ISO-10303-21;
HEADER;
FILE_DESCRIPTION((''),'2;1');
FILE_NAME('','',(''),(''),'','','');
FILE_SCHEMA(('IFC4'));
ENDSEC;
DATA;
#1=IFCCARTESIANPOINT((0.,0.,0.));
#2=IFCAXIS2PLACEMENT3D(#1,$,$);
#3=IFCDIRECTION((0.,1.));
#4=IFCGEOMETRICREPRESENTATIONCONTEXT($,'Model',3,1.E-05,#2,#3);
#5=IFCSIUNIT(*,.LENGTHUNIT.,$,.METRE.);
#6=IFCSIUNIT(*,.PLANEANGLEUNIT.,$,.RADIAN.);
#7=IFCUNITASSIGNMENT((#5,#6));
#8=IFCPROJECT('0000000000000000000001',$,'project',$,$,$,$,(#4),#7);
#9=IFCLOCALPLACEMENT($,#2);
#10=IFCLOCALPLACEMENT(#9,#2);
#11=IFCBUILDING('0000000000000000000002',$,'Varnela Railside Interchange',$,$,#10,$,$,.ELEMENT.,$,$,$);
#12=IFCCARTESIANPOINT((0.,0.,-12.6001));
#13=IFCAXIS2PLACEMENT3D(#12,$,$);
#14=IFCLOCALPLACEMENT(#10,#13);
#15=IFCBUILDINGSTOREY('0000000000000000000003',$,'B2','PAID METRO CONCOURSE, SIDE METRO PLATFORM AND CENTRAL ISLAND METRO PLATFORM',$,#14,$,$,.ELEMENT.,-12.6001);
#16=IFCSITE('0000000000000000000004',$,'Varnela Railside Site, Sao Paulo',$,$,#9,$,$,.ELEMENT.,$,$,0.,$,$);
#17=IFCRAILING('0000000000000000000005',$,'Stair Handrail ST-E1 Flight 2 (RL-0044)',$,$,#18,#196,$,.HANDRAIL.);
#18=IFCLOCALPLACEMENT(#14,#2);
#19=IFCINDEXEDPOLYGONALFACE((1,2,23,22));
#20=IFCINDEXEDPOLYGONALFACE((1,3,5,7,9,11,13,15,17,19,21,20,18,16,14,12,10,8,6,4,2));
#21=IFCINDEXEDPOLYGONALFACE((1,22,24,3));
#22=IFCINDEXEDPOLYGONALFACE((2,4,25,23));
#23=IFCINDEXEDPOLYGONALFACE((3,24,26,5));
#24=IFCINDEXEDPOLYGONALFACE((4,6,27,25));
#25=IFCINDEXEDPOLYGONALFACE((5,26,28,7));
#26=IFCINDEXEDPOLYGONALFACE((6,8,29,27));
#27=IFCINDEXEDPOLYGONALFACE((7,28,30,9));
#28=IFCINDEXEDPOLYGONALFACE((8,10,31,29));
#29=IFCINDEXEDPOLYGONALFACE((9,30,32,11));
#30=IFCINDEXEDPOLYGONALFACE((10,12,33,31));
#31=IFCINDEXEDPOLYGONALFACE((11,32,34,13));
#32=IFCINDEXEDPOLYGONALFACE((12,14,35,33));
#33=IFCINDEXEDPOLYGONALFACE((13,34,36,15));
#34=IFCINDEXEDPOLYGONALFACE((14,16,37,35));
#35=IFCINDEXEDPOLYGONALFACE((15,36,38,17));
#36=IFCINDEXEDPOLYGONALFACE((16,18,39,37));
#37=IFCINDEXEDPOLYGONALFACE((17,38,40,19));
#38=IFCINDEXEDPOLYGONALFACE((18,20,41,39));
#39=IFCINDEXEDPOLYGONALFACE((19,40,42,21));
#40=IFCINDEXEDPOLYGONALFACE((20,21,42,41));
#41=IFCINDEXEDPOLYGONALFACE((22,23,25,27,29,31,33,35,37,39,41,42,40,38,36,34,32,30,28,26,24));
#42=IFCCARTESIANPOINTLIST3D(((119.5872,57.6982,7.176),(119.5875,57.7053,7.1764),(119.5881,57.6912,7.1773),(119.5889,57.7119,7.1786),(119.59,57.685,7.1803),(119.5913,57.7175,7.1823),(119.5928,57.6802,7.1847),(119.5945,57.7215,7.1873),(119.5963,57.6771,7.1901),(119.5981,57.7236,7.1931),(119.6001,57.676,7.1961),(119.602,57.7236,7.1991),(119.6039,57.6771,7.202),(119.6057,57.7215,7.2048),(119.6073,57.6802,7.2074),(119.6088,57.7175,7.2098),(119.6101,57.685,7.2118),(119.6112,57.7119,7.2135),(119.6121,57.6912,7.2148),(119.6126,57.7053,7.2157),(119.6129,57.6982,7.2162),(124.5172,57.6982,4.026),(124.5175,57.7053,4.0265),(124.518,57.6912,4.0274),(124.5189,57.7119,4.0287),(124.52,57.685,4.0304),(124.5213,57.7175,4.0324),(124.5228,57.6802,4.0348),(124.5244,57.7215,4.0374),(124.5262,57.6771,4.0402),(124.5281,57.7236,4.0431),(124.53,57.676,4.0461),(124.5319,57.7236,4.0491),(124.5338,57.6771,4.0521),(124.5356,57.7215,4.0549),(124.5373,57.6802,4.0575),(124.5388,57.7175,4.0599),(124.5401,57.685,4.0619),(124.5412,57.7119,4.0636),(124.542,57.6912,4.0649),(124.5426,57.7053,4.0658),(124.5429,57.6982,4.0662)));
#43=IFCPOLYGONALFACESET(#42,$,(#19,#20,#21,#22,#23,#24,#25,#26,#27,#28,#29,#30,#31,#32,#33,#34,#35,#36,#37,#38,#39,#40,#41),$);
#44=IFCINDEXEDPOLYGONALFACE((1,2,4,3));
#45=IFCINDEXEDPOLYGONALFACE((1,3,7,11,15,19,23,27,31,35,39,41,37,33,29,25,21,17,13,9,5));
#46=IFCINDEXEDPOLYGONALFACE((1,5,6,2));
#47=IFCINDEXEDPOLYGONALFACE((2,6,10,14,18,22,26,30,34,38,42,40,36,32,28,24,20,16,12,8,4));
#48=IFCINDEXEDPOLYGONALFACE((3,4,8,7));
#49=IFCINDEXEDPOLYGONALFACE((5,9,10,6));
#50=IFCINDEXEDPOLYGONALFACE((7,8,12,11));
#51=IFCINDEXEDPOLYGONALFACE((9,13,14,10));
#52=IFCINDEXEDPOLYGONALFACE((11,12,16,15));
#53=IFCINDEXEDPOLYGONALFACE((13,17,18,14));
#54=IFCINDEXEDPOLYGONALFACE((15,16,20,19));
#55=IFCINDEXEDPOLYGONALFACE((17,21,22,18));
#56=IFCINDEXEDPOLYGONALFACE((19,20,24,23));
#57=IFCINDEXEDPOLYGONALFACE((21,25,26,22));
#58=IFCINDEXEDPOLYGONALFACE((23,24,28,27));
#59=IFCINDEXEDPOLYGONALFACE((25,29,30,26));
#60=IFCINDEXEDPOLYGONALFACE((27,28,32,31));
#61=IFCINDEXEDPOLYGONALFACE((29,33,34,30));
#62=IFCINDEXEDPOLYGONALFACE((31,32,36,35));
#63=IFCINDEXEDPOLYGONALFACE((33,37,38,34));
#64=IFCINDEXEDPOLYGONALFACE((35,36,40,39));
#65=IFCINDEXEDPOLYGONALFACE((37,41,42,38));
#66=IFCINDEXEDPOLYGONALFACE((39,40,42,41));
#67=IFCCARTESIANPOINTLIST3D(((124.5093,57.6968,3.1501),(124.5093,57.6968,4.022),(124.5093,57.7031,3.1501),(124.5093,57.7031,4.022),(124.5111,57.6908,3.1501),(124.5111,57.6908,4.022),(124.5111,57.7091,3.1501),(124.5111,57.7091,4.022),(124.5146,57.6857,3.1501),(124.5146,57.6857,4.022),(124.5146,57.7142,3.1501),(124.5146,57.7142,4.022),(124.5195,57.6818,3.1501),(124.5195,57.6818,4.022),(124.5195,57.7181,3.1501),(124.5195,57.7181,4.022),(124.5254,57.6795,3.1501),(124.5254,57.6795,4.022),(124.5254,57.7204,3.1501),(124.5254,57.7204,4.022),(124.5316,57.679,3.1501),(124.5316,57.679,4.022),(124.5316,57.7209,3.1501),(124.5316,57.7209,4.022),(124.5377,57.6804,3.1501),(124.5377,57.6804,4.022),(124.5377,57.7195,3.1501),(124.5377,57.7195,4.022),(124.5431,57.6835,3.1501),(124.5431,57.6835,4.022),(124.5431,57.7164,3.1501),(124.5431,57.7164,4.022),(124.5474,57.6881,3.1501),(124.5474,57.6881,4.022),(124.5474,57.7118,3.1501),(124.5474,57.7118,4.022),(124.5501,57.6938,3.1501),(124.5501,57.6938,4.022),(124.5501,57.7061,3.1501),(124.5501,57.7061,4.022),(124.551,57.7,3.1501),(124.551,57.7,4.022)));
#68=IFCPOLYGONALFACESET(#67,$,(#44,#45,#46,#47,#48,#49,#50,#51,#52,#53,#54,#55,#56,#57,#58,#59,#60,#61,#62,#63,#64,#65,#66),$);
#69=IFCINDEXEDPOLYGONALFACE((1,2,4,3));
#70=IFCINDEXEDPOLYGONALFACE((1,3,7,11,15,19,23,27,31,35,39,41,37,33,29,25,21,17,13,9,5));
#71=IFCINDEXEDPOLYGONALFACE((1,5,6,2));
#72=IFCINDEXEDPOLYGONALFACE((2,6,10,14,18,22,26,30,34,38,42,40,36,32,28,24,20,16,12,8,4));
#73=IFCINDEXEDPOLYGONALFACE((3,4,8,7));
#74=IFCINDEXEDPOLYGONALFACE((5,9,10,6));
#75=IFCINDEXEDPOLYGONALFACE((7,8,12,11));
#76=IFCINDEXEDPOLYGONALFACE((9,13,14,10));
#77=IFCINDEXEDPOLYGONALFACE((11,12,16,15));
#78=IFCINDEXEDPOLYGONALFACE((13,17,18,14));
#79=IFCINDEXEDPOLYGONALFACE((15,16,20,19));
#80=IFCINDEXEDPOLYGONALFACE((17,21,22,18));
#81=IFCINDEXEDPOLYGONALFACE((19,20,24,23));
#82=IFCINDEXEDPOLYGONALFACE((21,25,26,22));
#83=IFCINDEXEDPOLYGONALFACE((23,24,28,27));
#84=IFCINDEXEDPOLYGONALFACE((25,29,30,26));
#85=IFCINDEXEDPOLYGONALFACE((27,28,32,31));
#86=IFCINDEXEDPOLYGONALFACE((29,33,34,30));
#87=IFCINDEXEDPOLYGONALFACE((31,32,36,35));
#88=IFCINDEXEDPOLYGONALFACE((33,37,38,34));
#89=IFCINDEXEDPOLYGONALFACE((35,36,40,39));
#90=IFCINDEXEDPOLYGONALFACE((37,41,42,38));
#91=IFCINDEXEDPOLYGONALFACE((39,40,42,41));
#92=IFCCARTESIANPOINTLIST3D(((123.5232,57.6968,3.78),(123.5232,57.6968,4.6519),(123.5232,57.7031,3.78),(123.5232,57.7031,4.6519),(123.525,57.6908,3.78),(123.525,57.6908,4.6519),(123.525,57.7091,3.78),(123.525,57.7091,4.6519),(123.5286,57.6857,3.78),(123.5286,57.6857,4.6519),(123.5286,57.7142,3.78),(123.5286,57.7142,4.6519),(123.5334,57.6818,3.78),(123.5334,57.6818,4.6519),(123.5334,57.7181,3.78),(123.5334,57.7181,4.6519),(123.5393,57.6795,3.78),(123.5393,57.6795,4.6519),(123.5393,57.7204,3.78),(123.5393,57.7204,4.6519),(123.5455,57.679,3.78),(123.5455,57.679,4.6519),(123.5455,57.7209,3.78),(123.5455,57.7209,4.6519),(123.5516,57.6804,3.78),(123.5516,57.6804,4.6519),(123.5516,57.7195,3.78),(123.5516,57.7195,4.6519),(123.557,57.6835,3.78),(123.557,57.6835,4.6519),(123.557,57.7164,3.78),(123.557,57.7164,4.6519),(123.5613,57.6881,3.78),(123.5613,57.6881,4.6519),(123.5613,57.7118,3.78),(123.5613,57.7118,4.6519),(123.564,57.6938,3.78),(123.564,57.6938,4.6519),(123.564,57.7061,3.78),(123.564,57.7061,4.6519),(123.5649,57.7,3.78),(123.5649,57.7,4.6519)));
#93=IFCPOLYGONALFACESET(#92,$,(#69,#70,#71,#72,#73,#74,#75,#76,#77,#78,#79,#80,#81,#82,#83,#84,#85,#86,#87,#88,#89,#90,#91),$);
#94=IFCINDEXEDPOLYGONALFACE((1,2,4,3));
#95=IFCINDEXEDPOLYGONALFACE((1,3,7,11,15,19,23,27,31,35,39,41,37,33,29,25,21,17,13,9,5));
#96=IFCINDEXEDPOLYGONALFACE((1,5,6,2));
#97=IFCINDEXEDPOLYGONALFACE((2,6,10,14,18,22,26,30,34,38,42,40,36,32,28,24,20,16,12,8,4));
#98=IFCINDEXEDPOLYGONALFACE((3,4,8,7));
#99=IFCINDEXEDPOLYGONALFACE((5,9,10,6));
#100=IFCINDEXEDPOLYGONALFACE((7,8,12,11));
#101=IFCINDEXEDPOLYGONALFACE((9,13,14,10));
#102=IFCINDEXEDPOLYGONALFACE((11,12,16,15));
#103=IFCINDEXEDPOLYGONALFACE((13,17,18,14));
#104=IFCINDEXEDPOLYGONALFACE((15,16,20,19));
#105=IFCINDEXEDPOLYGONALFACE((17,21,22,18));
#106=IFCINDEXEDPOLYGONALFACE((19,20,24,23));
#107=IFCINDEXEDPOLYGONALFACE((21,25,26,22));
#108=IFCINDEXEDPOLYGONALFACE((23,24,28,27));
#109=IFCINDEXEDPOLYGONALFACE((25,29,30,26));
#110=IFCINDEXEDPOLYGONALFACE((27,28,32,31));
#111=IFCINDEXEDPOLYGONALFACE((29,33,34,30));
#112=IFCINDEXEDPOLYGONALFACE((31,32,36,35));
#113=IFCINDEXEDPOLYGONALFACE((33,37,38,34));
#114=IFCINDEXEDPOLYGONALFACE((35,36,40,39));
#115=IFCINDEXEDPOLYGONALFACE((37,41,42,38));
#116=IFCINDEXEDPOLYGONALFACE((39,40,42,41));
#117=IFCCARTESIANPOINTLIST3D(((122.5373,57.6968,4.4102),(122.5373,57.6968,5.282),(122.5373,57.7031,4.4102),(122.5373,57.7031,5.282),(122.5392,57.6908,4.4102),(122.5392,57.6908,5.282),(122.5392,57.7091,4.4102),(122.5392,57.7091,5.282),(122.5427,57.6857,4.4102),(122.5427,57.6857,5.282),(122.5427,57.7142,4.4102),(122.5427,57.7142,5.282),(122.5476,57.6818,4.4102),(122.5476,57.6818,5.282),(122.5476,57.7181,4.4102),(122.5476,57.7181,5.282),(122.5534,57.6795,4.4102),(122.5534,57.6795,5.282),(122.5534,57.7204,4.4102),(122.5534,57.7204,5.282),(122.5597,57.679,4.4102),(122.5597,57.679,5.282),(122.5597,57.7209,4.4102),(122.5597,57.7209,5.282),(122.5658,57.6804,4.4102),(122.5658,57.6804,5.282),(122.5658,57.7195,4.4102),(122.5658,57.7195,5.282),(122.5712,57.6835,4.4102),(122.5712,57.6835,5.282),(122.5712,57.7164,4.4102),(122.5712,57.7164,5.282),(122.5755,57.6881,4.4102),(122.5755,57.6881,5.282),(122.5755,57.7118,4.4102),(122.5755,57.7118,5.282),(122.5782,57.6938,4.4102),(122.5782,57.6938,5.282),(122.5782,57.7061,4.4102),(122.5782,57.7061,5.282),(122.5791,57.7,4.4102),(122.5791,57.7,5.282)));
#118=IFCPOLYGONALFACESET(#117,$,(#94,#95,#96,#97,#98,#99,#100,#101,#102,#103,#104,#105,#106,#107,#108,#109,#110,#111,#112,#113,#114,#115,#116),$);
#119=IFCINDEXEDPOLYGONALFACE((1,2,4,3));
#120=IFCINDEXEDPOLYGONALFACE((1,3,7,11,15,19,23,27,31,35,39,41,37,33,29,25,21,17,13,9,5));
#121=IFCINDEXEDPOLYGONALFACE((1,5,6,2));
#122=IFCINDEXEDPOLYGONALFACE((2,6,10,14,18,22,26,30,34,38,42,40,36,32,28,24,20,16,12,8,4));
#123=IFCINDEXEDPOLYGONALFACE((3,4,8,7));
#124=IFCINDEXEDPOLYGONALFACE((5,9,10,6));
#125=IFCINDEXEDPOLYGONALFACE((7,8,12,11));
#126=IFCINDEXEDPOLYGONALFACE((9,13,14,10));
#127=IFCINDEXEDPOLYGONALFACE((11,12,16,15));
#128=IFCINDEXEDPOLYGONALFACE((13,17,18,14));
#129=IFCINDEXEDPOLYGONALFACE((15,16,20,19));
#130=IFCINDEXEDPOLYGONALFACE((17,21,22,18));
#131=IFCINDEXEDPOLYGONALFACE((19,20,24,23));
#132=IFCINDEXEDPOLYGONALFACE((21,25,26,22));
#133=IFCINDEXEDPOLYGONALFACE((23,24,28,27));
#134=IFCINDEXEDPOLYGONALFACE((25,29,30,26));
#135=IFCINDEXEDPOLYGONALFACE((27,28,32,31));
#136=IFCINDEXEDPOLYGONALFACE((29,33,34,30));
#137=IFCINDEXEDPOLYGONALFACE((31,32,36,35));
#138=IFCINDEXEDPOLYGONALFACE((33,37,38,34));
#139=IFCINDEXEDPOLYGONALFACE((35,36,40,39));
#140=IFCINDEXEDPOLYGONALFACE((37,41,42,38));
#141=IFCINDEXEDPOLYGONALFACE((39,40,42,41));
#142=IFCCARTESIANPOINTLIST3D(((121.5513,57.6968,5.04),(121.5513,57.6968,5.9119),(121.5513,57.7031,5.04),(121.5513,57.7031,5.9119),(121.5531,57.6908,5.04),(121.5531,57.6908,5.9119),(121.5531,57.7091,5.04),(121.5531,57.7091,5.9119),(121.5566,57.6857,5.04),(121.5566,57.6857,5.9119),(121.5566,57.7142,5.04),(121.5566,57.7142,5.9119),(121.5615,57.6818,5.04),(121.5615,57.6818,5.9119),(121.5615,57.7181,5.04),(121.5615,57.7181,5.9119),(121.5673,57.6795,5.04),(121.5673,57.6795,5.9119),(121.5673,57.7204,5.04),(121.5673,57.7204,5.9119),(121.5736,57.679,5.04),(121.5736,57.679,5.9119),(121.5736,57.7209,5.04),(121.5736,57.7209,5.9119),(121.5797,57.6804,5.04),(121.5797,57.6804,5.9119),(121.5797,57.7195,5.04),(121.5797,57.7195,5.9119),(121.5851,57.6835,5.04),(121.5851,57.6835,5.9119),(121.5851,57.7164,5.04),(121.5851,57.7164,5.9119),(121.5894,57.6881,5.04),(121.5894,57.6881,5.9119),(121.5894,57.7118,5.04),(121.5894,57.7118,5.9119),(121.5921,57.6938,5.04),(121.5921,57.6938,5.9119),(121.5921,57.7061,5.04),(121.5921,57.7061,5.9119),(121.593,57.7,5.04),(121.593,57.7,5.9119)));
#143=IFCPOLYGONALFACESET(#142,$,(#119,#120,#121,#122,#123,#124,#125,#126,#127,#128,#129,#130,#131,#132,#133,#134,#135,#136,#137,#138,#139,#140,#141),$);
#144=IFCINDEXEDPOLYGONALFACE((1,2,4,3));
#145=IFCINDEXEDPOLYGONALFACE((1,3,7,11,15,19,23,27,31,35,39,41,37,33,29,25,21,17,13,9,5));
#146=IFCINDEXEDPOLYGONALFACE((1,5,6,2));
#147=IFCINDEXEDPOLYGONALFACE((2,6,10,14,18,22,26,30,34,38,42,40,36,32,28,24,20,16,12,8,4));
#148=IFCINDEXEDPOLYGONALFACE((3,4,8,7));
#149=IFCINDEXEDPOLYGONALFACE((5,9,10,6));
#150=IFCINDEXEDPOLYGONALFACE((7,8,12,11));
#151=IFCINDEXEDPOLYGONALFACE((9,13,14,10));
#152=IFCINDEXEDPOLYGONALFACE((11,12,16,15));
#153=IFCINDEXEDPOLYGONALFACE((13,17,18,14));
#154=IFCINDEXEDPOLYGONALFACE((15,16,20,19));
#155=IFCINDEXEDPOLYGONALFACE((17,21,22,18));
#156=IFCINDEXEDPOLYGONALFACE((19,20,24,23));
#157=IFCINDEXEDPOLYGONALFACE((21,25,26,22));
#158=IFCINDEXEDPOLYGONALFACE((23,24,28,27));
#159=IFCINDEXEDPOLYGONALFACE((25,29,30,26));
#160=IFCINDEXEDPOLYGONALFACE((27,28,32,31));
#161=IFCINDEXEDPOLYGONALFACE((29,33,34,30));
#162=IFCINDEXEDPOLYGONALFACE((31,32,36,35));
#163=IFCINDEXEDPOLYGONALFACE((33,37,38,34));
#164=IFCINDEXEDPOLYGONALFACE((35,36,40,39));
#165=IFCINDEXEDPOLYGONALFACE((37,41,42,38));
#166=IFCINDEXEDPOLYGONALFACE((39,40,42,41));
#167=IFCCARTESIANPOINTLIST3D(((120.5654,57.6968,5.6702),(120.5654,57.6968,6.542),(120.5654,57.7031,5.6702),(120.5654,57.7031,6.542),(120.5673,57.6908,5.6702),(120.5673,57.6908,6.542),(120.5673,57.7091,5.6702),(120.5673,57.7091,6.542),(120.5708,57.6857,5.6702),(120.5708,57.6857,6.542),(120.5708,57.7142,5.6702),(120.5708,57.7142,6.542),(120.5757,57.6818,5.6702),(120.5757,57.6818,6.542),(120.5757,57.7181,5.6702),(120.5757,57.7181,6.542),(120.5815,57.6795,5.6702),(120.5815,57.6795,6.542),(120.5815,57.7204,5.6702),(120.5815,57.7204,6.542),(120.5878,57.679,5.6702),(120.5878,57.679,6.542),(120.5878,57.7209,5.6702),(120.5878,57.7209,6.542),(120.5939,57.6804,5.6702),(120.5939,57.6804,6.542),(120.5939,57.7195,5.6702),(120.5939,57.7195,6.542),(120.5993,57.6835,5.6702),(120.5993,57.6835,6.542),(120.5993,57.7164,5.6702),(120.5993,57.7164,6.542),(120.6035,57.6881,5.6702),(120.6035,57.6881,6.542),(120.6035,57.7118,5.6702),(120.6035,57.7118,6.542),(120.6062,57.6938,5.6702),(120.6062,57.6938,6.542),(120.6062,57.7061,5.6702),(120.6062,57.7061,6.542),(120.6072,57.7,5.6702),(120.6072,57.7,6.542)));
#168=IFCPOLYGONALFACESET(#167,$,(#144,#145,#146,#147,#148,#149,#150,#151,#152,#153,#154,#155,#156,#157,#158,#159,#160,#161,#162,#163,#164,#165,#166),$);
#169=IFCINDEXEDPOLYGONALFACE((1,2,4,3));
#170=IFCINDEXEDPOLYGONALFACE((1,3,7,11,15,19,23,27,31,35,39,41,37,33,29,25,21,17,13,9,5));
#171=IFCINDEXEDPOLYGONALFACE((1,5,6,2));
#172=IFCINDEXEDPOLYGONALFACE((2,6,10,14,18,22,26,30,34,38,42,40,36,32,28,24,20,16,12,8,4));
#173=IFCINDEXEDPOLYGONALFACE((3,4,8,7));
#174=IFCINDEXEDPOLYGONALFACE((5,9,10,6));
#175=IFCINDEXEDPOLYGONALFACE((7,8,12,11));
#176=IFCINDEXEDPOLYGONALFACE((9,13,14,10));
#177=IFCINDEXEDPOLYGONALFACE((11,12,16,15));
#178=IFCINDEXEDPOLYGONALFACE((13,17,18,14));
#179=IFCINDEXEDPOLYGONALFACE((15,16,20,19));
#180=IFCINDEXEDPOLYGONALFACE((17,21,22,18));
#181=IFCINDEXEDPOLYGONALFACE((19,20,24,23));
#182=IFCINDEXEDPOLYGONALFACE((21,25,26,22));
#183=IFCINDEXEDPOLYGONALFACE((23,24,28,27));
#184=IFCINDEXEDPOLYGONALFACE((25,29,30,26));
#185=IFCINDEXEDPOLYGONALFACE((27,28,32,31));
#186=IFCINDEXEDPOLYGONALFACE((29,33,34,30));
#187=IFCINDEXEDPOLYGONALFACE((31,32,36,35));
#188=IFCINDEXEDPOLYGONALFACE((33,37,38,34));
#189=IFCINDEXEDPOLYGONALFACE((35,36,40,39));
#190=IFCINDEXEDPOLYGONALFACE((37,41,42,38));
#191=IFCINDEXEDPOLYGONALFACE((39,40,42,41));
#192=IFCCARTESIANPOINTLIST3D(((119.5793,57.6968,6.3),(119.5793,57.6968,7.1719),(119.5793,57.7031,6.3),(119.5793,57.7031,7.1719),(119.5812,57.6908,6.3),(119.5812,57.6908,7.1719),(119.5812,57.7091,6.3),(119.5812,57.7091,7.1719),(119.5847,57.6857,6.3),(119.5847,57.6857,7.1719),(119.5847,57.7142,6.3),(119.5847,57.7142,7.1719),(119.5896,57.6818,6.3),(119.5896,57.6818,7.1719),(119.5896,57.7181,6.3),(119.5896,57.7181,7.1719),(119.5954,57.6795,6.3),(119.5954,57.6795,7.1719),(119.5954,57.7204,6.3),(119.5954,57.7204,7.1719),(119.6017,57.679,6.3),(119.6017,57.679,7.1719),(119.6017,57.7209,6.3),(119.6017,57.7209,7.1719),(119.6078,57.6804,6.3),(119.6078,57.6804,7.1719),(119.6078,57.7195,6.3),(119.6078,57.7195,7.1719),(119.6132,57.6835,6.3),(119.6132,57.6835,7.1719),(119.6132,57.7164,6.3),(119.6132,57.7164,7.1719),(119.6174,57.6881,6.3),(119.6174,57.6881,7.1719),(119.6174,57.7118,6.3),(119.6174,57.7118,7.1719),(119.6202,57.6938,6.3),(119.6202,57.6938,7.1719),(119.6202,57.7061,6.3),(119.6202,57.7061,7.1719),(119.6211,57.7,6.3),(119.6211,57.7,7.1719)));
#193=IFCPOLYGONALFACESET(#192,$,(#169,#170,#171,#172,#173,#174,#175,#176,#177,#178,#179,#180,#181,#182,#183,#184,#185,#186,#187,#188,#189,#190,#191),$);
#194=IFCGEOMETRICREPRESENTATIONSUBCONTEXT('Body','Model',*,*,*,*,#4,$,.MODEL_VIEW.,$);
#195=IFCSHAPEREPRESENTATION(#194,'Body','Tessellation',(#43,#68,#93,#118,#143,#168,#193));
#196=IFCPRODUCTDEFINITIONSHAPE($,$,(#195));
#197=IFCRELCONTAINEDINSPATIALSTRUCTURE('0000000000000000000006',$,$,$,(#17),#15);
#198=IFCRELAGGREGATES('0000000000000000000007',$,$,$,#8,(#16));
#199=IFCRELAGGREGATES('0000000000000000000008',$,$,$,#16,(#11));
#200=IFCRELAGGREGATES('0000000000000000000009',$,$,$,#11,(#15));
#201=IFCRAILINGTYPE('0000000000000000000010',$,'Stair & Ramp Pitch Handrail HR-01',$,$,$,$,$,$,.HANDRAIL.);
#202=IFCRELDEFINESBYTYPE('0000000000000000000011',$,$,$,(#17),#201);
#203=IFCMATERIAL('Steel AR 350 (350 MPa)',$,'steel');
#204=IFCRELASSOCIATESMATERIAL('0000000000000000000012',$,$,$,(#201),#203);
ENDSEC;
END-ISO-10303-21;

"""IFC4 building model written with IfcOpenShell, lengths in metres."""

from ifc_helpers import new_model, si_unit, direction, frame, origin, origin_2d, place, context, subcontext, project, spatial, circle, extrude, material, type_object, element, save


model = new_model("IFC4")

# Units and contexts
model_context = context("Model", 3, precision=1e-05, world=origin(), true_north=direction((0.0, 1.0)))
body_context = subcontext(model_context, "Body", "Model", "MODEL_VIEW")
ifc_project = project(units=[si_unit("LENGTHUNIT", "METRE"), si_unit("PLANEANGLEUNIT", "RADIAN")], contexts=[model_context])

# Site, building, storey
site_placement = place(None, origin())
site = spatial("IfcSite", under=ifc_project, at=site_placement, Name="Varnela Railside Site, Sao Paulo", CompositionType="ELEMENT", RefElevation=0.0)
building_placement = place(site_placement, origin())
building = spatial("IfcBuilding", under=site, at=building_placement, Name="Varnela Railside Interchange", CompositionType="ELEMENT")
storey_placement = place(building_placement, frame((0.0, 0.0, -12.6001)))
storey = spatial("IfcBuildingStorey", under=building, at=storey_placement, Name="B2", Description="PAID METRO CONCOURSE, SIDE METRO PLATFORM AND CENTRAL ISLAND METRO PLATFORM", CompositionType="ELEMENT", Elevation=-12.6001)

# Railing
ifc_material_1 = material(Name="Steel AR 350 (350 MPa)", Category="steel")
railing_type_1 = type_object("IfcRailingType", Name="Stair & Ramp Pitch Handrail HR-01", PredefinedType="HANDRAIL", material=ifc_material_1)
railing_1_placement = place(storey_placement, frame((124.53, 57.7, 3.1501)))
element("IfcRailing", 1, at=railing_1_placement, inside=storey, type_object=railing_type_1, Name="Stair Handrail ST-E1 Flight 2 (RL-0044)", PredefinedType="HANDRAIL", context=body_context, shape_type="SweptSolid", body=[
    extrude(circle(Radius=0.0239, at=origin_2d()), frame((0.0, 0.0, 0.896), z_axis=(-0.842679, 0.0, 0.538416), x_axis=(0.0, -1.0, 0.0)), (0.0, 0.0, 1.0), 5.8503),
    extrude(circle(Radius=0.021, at=origin_2d()), origin(), (0.0, 0.0, 1.0), 0.8718),
    extrude(circle(Radius=0.021, at=origin_2d()), frame((-0.9861, 0.0, 0.6299)), (0.0, 0.0, 1.0), 0.8718),
    extrude(circle(Radius=0.021, at=origin_2d()), frame((-1.9719, 0.0, 1.26)), (0.0, 0.0, 1.0), 0.8718),
    extrude(circle(Radius=0.021, at=origin_2d()), frame((-2.958, 0.0, 1.8899)), (0.0, 0.0, 1.0), 0.8718),
    extrude(circle(Radius=0.021, at=origin_2d()), frame((-3.9438, 0.0, 2.52)), (0.0, 0.0, 1.0), 0.8718),
    extrude(circle(Radius=0.021, at=origin_2d()), frame((-4.9299, 0.0, 3.1499)), (0.0, 0.0, 1.0), 0.8718),
])

save(model, "model.ifc")
